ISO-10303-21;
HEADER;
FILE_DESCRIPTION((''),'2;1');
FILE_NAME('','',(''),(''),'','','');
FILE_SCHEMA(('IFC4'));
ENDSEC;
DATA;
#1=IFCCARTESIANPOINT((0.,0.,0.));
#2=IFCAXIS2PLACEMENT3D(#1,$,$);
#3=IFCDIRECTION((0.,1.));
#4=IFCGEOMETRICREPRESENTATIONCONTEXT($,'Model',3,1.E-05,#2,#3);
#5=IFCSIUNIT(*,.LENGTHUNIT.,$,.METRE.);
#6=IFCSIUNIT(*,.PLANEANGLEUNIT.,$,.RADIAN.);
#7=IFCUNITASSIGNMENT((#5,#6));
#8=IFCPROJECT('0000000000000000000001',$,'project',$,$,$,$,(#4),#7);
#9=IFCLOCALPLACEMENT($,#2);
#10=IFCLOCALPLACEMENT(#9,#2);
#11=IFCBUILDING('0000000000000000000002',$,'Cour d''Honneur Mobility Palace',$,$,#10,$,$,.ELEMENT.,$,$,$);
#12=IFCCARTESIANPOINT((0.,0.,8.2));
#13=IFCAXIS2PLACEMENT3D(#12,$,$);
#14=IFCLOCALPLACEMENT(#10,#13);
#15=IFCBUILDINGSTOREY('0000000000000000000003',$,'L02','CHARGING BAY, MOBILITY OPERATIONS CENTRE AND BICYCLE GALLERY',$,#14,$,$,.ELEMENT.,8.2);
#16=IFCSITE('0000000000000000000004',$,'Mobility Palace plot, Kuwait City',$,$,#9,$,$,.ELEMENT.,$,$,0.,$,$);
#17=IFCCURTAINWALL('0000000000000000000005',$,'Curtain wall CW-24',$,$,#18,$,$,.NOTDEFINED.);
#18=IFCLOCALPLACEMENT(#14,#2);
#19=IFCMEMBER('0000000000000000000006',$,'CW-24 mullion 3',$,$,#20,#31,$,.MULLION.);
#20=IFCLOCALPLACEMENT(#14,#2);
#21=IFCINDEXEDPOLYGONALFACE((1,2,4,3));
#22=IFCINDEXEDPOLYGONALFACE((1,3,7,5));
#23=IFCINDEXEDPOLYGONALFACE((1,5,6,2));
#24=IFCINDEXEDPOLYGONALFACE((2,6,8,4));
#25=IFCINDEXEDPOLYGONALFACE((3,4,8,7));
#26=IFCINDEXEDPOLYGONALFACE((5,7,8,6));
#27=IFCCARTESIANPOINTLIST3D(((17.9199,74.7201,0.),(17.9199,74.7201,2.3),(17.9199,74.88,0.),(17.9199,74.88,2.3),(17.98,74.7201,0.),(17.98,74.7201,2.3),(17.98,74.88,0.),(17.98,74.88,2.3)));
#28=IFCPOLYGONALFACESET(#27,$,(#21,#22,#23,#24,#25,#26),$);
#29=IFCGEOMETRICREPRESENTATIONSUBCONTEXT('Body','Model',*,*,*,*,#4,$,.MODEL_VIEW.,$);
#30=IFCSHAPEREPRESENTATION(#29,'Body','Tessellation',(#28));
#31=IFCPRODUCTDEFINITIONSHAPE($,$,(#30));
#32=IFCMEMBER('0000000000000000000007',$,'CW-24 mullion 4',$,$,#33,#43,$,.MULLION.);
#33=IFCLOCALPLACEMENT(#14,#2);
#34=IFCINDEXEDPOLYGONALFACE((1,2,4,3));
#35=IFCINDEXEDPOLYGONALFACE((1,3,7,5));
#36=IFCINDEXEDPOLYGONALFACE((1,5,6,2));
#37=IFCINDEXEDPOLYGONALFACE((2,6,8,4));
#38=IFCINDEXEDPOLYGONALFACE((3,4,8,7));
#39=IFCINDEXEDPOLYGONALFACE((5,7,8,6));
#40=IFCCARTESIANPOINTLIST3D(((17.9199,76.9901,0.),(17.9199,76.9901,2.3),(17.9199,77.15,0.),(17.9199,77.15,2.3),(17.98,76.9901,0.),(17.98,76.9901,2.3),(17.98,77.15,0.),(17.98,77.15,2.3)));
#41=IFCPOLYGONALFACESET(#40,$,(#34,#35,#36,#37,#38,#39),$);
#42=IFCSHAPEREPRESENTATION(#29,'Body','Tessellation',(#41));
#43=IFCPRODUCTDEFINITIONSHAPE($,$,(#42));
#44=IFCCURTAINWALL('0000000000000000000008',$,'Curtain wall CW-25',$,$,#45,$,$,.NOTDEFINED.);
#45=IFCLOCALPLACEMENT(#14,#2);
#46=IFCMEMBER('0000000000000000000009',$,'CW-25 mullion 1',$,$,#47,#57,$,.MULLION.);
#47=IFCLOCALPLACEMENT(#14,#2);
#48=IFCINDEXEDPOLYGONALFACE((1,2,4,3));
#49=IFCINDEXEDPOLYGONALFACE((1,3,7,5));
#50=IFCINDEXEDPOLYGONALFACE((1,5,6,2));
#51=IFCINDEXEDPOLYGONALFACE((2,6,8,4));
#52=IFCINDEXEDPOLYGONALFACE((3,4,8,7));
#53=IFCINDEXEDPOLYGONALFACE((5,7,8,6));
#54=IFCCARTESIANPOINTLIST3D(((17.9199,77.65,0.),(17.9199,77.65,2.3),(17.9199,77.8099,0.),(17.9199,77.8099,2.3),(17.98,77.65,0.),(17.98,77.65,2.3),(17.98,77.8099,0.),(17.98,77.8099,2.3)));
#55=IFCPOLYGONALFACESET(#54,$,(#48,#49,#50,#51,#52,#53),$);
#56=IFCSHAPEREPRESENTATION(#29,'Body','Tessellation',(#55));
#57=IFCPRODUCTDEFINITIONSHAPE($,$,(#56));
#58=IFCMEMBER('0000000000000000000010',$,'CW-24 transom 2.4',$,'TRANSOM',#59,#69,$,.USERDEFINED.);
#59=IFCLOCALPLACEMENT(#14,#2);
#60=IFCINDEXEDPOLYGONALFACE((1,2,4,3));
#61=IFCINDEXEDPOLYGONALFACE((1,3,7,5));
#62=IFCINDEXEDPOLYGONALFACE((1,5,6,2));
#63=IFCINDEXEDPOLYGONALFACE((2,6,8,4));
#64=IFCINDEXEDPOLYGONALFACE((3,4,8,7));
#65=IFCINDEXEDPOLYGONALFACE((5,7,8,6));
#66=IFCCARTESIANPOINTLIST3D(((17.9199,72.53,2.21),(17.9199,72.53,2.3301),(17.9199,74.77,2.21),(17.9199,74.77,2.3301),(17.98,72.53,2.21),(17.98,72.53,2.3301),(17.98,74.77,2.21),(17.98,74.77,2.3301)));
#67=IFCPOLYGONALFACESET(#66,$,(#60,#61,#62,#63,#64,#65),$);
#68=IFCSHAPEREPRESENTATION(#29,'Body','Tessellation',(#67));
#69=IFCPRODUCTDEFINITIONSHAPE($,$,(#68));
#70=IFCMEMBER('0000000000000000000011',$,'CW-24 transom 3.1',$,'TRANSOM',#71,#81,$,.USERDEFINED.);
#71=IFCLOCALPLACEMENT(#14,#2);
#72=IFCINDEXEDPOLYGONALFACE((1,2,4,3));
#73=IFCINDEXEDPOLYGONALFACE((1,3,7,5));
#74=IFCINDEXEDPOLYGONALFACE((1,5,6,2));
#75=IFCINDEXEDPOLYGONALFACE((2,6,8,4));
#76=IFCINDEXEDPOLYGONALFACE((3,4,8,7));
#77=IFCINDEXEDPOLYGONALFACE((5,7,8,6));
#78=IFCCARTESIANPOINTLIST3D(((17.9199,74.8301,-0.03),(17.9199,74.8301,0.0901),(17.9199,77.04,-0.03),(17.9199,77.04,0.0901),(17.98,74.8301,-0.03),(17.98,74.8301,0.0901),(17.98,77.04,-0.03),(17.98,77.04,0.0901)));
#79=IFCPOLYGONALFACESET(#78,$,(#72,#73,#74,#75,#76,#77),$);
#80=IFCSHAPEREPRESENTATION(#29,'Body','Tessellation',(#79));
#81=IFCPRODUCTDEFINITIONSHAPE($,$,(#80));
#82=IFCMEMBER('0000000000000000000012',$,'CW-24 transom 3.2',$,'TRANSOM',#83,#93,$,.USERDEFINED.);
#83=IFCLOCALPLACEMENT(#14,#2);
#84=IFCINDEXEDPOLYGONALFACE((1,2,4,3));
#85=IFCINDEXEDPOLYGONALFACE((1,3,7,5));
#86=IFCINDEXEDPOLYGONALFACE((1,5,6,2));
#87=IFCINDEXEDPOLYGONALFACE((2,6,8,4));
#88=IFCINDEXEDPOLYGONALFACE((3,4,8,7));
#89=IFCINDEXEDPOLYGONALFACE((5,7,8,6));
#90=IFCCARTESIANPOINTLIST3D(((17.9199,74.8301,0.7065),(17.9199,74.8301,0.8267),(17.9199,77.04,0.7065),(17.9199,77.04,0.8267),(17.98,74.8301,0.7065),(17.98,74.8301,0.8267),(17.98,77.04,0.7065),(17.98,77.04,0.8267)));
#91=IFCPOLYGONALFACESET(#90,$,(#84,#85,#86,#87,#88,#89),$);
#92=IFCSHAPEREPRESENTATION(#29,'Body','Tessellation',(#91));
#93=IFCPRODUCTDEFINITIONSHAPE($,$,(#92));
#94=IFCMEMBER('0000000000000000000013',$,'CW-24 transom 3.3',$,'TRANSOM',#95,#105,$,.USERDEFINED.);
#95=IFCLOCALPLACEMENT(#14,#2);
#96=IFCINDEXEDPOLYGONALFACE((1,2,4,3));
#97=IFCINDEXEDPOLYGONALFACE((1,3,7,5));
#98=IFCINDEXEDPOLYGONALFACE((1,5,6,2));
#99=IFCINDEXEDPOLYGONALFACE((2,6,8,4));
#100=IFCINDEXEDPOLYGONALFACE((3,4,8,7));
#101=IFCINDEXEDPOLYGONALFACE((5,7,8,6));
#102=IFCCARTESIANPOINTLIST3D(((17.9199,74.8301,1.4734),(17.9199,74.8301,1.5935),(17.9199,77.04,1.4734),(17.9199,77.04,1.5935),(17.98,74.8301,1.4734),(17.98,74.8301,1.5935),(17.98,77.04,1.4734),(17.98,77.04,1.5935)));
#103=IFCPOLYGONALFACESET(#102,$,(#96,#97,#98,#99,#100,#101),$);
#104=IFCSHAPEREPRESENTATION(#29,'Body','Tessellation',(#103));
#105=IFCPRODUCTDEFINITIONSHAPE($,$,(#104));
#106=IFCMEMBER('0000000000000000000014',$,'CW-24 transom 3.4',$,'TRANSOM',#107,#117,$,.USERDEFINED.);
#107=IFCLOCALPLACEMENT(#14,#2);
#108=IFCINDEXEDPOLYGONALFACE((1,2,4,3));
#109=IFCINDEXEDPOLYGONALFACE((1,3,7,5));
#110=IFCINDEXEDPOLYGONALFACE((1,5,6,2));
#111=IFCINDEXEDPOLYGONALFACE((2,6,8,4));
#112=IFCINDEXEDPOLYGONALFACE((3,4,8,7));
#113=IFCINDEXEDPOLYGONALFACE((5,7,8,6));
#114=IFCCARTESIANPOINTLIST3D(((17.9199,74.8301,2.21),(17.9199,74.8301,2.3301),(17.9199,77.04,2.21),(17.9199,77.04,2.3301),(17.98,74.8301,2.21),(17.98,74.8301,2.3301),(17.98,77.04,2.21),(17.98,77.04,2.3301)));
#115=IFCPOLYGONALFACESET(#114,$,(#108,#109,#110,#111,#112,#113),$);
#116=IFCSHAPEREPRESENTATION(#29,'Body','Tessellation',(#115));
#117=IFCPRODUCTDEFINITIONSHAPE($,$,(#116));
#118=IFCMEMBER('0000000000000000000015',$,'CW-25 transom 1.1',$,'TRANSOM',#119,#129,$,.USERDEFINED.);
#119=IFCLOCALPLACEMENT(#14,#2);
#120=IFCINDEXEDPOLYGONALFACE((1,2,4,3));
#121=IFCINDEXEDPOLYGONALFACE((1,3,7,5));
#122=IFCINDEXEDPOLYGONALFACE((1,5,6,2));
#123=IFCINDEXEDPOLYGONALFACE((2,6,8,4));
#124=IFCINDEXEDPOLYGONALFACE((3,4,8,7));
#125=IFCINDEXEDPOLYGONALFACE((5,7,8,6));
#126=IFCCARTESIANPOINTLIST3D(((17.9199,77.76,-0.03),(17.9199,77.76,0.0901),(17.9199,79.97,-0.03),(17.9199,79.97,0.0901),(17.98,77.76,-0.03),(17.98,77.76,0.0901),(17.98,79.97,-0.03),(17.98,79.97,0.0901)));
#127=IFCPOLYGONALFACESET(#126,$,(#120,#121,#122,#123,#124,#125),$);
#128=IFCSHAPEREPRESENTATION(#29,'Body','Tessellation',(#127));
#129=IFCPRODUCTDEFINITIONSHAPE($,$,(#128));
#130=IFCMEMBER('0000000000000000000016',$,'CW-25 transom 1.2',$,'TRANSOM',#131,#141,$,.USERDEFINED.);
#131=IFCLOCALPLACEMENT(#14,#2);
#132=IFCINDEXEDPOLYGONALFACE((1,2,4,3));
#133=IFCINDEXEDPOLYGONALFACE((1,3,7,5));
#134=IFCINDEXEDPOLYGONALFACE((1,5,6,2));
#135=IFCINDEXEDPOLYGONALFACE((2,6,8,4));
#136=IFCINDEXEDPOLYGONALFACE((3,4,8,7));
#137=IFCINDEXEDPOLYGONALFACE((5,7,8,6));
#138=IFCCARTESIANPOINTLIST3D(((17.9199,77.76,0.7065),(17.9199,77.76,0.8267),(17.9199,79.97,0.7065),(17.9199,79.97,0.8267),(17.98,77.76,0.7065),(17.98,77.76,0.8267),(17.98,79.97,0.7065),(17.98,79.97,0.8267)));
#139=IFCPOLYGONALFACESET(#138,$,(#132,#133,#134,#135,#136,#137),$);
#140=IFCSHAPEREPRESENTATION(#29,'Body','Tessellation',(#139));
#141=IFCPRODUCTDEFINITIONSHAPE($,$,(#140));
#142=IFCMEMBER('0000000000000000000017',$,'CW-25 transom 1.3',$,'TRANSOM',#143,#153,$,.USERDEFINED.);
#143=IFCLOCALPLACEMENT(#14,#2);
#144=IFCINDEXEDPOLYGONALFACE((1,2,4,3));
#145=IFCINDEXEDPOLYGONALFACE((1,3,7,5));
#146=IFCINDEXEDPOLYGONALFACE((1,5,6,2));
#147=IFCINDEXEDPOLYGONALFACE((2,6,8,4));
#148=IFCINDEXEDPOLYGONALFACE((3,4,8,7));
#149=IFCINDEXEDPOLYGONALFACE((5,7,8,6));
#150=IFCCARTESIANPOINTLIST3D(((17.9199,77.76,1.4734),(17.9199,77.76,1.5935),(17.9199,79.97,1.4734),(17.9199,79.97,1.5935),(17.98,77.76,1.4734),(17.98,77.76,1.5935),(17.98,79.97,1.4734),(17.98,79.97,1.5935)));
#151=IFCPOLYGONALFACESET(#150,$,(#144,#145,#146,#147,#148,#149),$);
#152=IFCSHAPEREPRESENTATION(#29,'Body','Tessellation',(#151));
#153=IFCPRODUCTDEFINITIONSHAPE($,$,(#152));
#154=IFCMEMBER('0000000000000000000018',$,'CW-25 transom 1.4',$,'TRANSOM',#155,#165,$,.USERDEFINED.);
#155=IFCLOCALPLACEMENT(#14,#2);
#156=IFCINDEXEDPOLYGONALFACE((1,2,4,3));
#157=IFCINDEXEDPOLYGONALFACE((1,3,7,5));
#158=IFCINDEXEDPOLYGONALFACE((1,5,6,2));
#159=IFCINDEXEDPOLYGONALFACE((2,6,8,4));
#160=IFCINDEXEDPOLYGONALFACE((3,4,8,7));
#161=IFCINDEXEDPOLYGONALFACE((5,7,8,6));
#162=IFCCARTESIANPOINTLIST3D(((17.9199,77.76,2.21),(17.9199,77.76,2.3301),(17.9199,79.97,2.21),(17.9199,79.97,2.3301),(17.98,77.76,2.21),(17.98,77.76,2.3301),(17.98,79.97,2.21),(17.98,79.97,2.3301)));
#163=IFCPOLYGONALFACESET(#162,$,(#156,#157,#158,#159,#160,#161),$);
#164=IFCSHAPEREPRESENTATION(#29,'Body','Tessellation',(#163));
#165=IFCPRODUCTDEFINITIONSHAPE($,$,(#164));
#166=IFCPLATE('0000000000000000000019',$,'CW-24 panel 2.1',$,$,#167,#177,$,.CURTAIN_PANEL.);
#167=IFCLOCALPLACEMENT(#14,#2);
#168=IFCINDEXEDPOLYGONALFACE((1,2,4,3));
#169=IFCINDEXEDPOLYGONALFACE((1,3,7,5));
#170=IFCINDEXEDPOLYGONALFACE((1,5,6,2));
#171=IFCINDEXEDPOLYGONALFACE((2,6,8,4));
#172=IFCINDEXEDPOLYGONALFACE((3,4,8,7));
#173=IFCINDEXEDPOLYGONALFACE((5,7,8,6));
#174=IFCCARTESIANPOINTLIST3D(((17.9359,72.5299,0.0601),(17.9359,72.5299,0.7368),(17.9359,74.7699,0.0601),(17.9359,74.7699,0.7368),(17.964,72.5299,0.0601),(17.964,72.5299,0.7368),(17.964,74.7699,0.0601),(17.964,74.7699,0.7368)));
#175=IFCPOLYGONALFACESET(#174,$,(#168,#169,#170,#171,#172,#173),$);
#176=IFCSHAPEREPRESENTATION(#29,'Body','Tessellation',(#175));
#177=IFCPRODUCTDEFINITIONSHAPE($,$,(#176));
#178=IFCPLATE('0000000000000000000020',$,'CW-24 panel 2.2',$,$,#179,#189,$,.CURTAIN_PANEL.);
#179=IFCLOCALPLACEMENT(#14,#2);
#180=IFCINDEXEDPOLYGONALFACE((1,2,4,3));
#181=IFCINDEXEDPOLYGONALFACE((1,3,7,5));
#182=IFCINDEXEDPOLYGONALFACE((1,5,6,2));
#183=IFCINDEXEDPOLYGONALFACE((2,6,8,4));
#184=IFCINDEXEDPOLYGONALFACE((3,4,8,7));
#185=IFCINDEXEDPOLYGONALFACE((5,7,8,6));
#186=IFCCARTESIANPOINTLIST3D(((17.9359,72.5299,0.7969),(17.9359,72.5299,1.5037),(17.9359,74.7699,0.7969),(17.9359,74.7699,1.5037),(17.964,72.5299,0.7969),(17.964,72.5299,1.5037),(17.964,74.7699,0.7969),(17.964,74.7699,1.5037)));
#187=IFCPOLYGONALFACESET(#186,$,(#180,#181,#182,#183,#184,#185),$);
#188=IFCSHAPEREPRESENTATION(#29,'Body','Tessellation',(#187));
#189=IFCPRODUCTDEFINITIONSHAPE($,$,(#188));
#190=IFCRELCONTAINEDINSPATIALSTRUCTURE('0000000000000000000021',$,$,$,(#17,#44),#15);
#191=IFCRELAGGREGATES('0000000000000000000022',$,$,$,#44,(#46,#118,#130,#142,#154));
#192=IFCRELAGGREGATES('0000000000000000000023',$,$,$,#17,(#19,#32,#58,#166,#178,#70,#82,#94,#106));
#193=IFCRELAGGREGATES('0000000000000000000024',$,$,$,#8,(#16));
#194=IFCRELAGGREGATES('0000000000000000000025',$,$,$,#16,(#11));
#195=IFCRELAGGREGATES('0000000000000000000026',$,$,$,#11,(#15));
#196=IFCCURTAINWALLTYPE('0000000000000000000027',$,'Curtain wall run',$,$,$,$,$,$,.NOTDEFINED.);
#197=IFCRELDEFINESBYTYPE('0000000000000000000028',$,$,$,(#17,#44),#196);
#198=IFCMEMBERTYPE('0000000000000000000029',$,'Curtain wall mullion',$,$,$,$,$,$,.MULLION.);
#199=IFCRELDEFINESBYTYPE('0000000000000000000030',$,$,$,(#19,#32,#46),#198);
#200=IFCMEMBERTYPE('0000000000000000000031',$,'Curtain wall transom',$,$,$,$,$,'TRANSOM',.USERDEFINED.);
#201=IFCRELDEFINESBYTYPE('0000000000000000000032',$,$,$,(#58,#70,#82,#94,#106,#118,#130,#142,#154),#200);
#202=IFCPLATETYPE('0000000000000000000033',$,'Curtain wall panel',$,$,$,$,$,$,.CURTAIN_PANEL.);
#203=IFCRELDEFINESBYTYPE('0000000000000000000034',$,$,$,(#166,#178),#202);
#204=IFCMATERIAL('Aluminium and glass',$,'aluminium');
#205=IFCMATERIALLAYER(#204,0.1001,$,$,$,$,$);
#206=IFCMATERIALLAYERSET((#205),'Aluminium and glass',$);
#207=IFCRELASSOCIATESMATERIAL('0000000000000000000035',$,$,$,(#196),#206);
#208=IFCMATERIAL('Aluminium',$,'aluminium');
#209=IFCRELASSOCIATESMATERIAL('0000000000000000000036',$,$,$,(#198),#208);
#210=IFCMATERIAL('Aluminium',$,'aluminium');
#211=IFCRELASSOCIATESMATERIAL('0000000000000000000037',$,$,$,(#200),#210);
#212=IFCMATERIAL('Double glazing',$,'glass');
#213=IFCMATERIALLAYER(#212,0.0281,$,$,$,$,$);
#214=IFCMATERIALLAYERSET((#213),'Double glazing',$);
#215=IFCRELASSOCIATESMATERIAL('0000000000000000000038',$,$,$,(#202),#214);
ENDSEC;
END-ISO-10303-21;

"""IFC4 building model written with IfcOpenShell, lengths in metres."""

from ifc_helpers import new_model, si_unit, direction, frame, origin, origin_2d, place, context, subcontext, project, spatial, rectangle, extrude, material, layer, layer_set, material_profile, profile_set, type_object, element, aggregate, save


model = new_model("IFC4")

# Units and contexts
model_context = context("Model", 3, precision=1e-05, world=origin(), true_north=direction((0.0, 1.0)))
body_context = subcontext(model_context, "Body", "Model", "MODEL_VIEW")
ifc_project = project(units=[si_unit("LENGTHUNIT", "METRE"), si_unit("PLANEANGLEUNIT", "RADIAN")], contexts=[model_context])

# Site, building, storey
site_placement = place(None, origin())
site = spatial("IfcSite", under=ifc_project, at=site_placement, Name="Mobility Palace plot, Kuwait City", CompositionType="ELEMENT", RefElevation=0.0)
building_placement = place(site_placement, origin())
building = spatial("IfcBuilding", under=site, at=building_placement, Name="Cour d'Honneur Mobility Palace", CompositionType="ELEMENT")
storey_placement = place(building_placement, frame((0.0, 0.0, 8.2)))
storey = spatial("IfcBuildingStorey", under=building, at=storey_placement, Name="L02", Description="CHARGING BAY, MOBILITY OPERATIONS CENTRE AND BICYCLE GALLERY", CompositionType="ELEMENT", Elevation=8.2)

# Curtain wall, members
ifc_material_1 = material(Name="Aluminium and glass", Category="aluminium")
ifc_layer_1 = layer(ifc_material_1, 0.1001)
ifc_layer_set_1 = layer_set([ifc_layer_1], Name="Aluminium and glass")
curtain_wall_type = type_object("IfcCurtainWallType", Name="Curtain wall run", PredefinedType="NOTDEFINED", material=ifc_layer_set_1)
curtain_wall_1_placement = place(storey_placement, origin())
curtain_wall_1 = element("IfcCurtainWall", 1, at=curtain_wall_1_placement, inside=storey, type_object=curtain_wall_type, Name="Curtain wall CW-24", PredefinedType="NOTDEFINED")
ifc_material_2 = material(Name="Aluminium", Category="aluminium")
ifc_material_profile_1 = material_profile(ifc_material_2, rectangle(XDim=0.0601, YDim=0.1599, at=origin_2d()), Name="Curtain wall mullion")
ifc_profile_set_1 = profile_set([ifc_material_profile_1], Name="Aluminium")
member_type_1 = type_object("IfcMemberType", Name="Curtain wall mullion", PredefinedType="MULLION", material=ifc_profile_set_1)
member_1_placement = place(storey_placement, frame((17.95, 74.8, 0.0), z_axis=(0.0, 0.0, 1.0), x_axis=(-1.0, 0.0, 0.0)))
member_1 = element("IfcMember", 2, at=member_1_placement, type_object=member_type_1, Name="CW-24 mullion 3", PredefinedType="MULLION", context=body_context, shape_type="SweptSolid", body=[
    extrude(rectangle(XDim=0.0601, YDim=0.1599, at=origin_2d()), origin(), (0.0, 0.0, 1.0), 2.3),
])
member_2_placement = place(storey_placement, frame((17.95, 77.0701, 0.0), z_axis=(0.0, 0.0, 1.0), x_axis=(-1.0, 0.0, 0.0)))
member_2 = element("IfcMember", 3, at=member_2_placement, type_object=member_type_1, Name="CW-24 mullion 4", PredefinedType="MULLION", context=body_context, shape_type="SweptSolid", body=[
    extrude(rectangle(XDim=0.0601, YDim=0.1599, at=origin_2d()), origin(), (0.0, 0.0, 1.0), 2.3),
])

# Curtain wall, member
curtain_wall_2_placement = place(storey_placement, origin())
curtain_wall_2 = element("IfcCurtainWall", 4, at=curtain_wall_2_placement, inside=storey, type_object=curtain_wall_type, Name="Curtain wall CW-25", PredefinedType="NOTDEFINED")
member_3_placement = place(storey_placement, frame((17.95, 77.73, 0.0), z_axis=(0.0, 0.0, 1.0), x_axis=(-1.0, 0.0, 0.0)))
member_3 = element("IfcMember", 5, at=member_3_placement, type_object=member_type_1, Name="CW-25 mullion 1", PredefinedType="MULLION", context=body_context, shape_type="SweptSolid", body=[
    extrude(rectangle(XDim=0.0601, YDim=0.1599, at=origin_2d()), origin(), (0.0, 0.0, 1.0), 2.3),
])

# Members
ifc_material_3 = material(Name="Aluminium", Category="aluminium")
ifc_material_profile_2 = material_profile(ifc_material_3, rectangle(XDim=0.0601, YDim=0.1201, at=origin_2d()), Name="Curtain wall transom")
ifc_profile_set_2 = profile_set([ifc_material_profile_2], Name="Aluminium")
member_type_2 = type_object("IfcMemberType", Name="Curtain wall transom", ElementType="TRANSOM", PredefinedType="USERDEFINED", material=ifc_profile_set_2)
member_4_placement = place(storey_placement, frame((17.95, 72.53, 2.27), z_axis=(0.0, 1.0, 0.0), x_axis=(-1.0, 0.0, 0.0)))
member_4 = element("IfcMember", 6, at=member_4_placement, type_object=member_type_2, Name="CW-24 transom 2.4", ObjectType="TRANSOM", PredefinedType="USERDEFINED", context=body_context, shape_type="SweptSolid", body=[
    extrude(rectangle(XDim=0.0601, YDim=0.1201, at=origin_2d()), origin(), (0.0, 0.0, 1.0), 2.24),
])
member_5_placement = place(storey_placement, frame((17.95, 74.8301, 0.03), z_axis=(0.0, 1.0, 0.0), x_axis=(-1.0, 0.0, 0.0)))
member_5 = element("IfcMember", 7, at=member_5_placement, type_object=member_type_2, Name="CW-24 transom 3.1", ObjectType="TRANSOM", PredefinedType="USERDEFINED", context=body_context, shape_type="SweptSolid", body=[
    extrude(rectangle(XDim=0.0601, YDim=0.1201, at=origin_2d()), origin(), (0.0, 0.0, 1.0), 2.21),
])
member_6_placement = place(storey_placement, frame((17.95, 74.8301, 0.7666), z_axis=(0.0, 1.0, 0.0), x_axis=(-1.0, 0.0, 0.0)))
member_6 = element("IfcMember", 8, at=member_6_placement, type_object=member_type_2, Name="CW-24 transom 3.2", ObjectType="TRANSOM", PredefinedType="USERDEFINED", context=body_context, shape_type="SweptSolid", body=[
    extrude(rectangle(XDim=0.0601, YDim=0.1201, at=origin_2d()), origin(), (0.0, 0.0, 1.0), 2.21),
])
member_7_placement = place(storey_placement, frame((17.95, 74.8301, 1.5334), z_axis=(0.0, 1.0, 0.0), x_axis=(-1.0, 0.0, 0.0)))
member_7 = element("IfcMember", 9, at=member_7_placement, type_object=member_type_2, Name="CW-24 transom 3.3", ObjectType="TRANSOM", PredefinedType="USERDEFINED", context=body_context, shape_type="SweptSolid", body=[
    extrude(rectangle(XDim=0.0601, YDim=0.1201, at=origin_2d()), origin(), (0.0, 0.0, 1.0), 2.21),
])
member_8_placement = place(storey_placement, frame((17.95, 74.8301, 2.27), z_axis=(0.0, 1.0, 0.0), x_axis=(-1.0, 0.0, 0.0)))
member_8 = element("IfcMember", 10, at=member_8_placement, type_object=member_type_2, Name="CW-24 transom 3.4", ObjectType="TRANSOM", PredefinedType="USERDEFINED", context=body_context, shape_type="SweptSolid", body=[
    extrude(rectangle(XDim=0.0601, YDim=0.1201, at=origin_2d()), origin(), (0.0, 0.0, 1.0), 2.21),
])
member_9_placement = place(storey_placement, frame((17.95, 77.76, 0.03), z_axis=(0.0, 1.0, 0.0), x_axis=(-1.0, 0.0, 0.0)))
member_9 = element("IfcMember", 11, at=member_9_placement, type_object=member_type_2, Name="CW-25 transom 1.1", ObjectType="TRANSOM", PredefinedType="USERDEFINED", context=body_context, shape_type="SweptSolid", body=[
    extrude(rectangle(XDim=0.0601, YDim=0.1201, at=origin_2d()), origin(), (0.0, 0.0, 1.0), 2.21),
])
member_10_placement = place(storey_placement, frame((17.95, 77.76, 0.7666), z_axis=(0.0, 1.0, 0.0), x_axis=(-1.0, 0.0, 0.0)))
member_10 = element("IfcMember", 12, at=member_10_placement, type_object=member_type_2, Name="CW-25 transom 1.2", ObjectType="TRANSOM", PredefinedType="USERDEFINED", context=body_context, shape_type="SweptSolid", body=[
    extrude(rectangle(XDim=0.0601, YDim=0.1201, at=origin_2d()), origin(), (0.0, 0.0, 1.0), 2.21),
])
member_11_placement = place(storey_placement, frame((17.95, 77.76, 1.5334), z_axis=(0.0, 1.0, 0.0), x_axis=(-1.0, 0.0, 0.0)))
member_11 = element("IfcMember", 13, at=member_11_placement, type_object=member_type_2, Name="CW-25 transom 1.3", ObjectType="TRANSOM", PredefinedType="USERDEFINED", context=body_context, shape_type="SweptSolid", body=[
    extrude(rectangle(XDim=0.0601, YDim=0.1201, at=origin_2d()), origin(), (0.0, 0.0, 1.0), 2.21),
])
member_12_placement = place(storey_placement, frame((17.95, 77.76, 2.27), z_axis=(0.0, 1.0, 0.0), x_axis=(-1.0, 0.0, 0.0)))
member_12 = element("IfcMember", 14, at=member_12_placement, type_object=member_type_2, Name="CW-25 transom 1.4", ObjectType="TRANSOM", PredefinedType="USERDEFINED", context=body_context, shape_type="SweptSolid", body=[
    extrude(rectangle(XDim=0.0601, YDim=0.1201, at=origin_2d()), origin(), (0.0, 0.0, 1.0), 2.21),
])
aggregate(curtain_wall_2, [member_3, member_9, member_10, member_11, member_12])

# Plates
ifc_material_4 = material(Name="Double glazing", Category="glass")
ifc_layer_2 = layer(ifc_material_4, 0.0281)
ifc_layer_set_2 = layer_set([ifc_layer_2], Name="Double glazing")
plate_type = type_object("IfcPlateType", Name="Curtain wall panel", PredefinedType="CURTAIN_PANEL", material=ifc_layer_set_2)
plate_1_placement = place(storey_placement, frame((17.95, 73.6499, 0.0601), z_axis=(0.0, 0.0, 1.0), x_axis=(0.0, 1.0, 0.0)))
plate_1 = element("IfcPlate", 15, at=plate_1_placement, type_object=plate_type, Name="CW-24 panel 2.1", PredefinedType="CURTAIN_PANEL", context=body_context, shape_type="SweptSolid", body=[
    extrude(rectangle(XDim=2.24, YDim=0.0281, at=origin_2d()), origin(), (0.0, 0.0, 1.0), 0.6768),
])
plate_2_placement = place(storey_placement, frame((17.95, 73.6499, 0.7969), z_axis=(0.0, 0.0, 1.0), x_axis=(0.0, 1.0, 0.0)))
plate_2 = element("IfcPlate", 16, at=plate_2_placement, type_object=plate_type, Name="CW-24 panel 2.2", PredefinedType="CURTAIN_PANEL", context=body_context, shape_type="SweptSolid", body=[
    extrude(rectangle(XDim=2.24, YDim=0.0281, at=origin_2d()), origin(), (0.0, 0.0, 1.0), 0.7068),
])
aggregate(curtain_wall_1, [member_1, member_2, member_4, plate_1, plate_2, member_5, member_6, member_7, member_8])

save(model, "model.ifc")
